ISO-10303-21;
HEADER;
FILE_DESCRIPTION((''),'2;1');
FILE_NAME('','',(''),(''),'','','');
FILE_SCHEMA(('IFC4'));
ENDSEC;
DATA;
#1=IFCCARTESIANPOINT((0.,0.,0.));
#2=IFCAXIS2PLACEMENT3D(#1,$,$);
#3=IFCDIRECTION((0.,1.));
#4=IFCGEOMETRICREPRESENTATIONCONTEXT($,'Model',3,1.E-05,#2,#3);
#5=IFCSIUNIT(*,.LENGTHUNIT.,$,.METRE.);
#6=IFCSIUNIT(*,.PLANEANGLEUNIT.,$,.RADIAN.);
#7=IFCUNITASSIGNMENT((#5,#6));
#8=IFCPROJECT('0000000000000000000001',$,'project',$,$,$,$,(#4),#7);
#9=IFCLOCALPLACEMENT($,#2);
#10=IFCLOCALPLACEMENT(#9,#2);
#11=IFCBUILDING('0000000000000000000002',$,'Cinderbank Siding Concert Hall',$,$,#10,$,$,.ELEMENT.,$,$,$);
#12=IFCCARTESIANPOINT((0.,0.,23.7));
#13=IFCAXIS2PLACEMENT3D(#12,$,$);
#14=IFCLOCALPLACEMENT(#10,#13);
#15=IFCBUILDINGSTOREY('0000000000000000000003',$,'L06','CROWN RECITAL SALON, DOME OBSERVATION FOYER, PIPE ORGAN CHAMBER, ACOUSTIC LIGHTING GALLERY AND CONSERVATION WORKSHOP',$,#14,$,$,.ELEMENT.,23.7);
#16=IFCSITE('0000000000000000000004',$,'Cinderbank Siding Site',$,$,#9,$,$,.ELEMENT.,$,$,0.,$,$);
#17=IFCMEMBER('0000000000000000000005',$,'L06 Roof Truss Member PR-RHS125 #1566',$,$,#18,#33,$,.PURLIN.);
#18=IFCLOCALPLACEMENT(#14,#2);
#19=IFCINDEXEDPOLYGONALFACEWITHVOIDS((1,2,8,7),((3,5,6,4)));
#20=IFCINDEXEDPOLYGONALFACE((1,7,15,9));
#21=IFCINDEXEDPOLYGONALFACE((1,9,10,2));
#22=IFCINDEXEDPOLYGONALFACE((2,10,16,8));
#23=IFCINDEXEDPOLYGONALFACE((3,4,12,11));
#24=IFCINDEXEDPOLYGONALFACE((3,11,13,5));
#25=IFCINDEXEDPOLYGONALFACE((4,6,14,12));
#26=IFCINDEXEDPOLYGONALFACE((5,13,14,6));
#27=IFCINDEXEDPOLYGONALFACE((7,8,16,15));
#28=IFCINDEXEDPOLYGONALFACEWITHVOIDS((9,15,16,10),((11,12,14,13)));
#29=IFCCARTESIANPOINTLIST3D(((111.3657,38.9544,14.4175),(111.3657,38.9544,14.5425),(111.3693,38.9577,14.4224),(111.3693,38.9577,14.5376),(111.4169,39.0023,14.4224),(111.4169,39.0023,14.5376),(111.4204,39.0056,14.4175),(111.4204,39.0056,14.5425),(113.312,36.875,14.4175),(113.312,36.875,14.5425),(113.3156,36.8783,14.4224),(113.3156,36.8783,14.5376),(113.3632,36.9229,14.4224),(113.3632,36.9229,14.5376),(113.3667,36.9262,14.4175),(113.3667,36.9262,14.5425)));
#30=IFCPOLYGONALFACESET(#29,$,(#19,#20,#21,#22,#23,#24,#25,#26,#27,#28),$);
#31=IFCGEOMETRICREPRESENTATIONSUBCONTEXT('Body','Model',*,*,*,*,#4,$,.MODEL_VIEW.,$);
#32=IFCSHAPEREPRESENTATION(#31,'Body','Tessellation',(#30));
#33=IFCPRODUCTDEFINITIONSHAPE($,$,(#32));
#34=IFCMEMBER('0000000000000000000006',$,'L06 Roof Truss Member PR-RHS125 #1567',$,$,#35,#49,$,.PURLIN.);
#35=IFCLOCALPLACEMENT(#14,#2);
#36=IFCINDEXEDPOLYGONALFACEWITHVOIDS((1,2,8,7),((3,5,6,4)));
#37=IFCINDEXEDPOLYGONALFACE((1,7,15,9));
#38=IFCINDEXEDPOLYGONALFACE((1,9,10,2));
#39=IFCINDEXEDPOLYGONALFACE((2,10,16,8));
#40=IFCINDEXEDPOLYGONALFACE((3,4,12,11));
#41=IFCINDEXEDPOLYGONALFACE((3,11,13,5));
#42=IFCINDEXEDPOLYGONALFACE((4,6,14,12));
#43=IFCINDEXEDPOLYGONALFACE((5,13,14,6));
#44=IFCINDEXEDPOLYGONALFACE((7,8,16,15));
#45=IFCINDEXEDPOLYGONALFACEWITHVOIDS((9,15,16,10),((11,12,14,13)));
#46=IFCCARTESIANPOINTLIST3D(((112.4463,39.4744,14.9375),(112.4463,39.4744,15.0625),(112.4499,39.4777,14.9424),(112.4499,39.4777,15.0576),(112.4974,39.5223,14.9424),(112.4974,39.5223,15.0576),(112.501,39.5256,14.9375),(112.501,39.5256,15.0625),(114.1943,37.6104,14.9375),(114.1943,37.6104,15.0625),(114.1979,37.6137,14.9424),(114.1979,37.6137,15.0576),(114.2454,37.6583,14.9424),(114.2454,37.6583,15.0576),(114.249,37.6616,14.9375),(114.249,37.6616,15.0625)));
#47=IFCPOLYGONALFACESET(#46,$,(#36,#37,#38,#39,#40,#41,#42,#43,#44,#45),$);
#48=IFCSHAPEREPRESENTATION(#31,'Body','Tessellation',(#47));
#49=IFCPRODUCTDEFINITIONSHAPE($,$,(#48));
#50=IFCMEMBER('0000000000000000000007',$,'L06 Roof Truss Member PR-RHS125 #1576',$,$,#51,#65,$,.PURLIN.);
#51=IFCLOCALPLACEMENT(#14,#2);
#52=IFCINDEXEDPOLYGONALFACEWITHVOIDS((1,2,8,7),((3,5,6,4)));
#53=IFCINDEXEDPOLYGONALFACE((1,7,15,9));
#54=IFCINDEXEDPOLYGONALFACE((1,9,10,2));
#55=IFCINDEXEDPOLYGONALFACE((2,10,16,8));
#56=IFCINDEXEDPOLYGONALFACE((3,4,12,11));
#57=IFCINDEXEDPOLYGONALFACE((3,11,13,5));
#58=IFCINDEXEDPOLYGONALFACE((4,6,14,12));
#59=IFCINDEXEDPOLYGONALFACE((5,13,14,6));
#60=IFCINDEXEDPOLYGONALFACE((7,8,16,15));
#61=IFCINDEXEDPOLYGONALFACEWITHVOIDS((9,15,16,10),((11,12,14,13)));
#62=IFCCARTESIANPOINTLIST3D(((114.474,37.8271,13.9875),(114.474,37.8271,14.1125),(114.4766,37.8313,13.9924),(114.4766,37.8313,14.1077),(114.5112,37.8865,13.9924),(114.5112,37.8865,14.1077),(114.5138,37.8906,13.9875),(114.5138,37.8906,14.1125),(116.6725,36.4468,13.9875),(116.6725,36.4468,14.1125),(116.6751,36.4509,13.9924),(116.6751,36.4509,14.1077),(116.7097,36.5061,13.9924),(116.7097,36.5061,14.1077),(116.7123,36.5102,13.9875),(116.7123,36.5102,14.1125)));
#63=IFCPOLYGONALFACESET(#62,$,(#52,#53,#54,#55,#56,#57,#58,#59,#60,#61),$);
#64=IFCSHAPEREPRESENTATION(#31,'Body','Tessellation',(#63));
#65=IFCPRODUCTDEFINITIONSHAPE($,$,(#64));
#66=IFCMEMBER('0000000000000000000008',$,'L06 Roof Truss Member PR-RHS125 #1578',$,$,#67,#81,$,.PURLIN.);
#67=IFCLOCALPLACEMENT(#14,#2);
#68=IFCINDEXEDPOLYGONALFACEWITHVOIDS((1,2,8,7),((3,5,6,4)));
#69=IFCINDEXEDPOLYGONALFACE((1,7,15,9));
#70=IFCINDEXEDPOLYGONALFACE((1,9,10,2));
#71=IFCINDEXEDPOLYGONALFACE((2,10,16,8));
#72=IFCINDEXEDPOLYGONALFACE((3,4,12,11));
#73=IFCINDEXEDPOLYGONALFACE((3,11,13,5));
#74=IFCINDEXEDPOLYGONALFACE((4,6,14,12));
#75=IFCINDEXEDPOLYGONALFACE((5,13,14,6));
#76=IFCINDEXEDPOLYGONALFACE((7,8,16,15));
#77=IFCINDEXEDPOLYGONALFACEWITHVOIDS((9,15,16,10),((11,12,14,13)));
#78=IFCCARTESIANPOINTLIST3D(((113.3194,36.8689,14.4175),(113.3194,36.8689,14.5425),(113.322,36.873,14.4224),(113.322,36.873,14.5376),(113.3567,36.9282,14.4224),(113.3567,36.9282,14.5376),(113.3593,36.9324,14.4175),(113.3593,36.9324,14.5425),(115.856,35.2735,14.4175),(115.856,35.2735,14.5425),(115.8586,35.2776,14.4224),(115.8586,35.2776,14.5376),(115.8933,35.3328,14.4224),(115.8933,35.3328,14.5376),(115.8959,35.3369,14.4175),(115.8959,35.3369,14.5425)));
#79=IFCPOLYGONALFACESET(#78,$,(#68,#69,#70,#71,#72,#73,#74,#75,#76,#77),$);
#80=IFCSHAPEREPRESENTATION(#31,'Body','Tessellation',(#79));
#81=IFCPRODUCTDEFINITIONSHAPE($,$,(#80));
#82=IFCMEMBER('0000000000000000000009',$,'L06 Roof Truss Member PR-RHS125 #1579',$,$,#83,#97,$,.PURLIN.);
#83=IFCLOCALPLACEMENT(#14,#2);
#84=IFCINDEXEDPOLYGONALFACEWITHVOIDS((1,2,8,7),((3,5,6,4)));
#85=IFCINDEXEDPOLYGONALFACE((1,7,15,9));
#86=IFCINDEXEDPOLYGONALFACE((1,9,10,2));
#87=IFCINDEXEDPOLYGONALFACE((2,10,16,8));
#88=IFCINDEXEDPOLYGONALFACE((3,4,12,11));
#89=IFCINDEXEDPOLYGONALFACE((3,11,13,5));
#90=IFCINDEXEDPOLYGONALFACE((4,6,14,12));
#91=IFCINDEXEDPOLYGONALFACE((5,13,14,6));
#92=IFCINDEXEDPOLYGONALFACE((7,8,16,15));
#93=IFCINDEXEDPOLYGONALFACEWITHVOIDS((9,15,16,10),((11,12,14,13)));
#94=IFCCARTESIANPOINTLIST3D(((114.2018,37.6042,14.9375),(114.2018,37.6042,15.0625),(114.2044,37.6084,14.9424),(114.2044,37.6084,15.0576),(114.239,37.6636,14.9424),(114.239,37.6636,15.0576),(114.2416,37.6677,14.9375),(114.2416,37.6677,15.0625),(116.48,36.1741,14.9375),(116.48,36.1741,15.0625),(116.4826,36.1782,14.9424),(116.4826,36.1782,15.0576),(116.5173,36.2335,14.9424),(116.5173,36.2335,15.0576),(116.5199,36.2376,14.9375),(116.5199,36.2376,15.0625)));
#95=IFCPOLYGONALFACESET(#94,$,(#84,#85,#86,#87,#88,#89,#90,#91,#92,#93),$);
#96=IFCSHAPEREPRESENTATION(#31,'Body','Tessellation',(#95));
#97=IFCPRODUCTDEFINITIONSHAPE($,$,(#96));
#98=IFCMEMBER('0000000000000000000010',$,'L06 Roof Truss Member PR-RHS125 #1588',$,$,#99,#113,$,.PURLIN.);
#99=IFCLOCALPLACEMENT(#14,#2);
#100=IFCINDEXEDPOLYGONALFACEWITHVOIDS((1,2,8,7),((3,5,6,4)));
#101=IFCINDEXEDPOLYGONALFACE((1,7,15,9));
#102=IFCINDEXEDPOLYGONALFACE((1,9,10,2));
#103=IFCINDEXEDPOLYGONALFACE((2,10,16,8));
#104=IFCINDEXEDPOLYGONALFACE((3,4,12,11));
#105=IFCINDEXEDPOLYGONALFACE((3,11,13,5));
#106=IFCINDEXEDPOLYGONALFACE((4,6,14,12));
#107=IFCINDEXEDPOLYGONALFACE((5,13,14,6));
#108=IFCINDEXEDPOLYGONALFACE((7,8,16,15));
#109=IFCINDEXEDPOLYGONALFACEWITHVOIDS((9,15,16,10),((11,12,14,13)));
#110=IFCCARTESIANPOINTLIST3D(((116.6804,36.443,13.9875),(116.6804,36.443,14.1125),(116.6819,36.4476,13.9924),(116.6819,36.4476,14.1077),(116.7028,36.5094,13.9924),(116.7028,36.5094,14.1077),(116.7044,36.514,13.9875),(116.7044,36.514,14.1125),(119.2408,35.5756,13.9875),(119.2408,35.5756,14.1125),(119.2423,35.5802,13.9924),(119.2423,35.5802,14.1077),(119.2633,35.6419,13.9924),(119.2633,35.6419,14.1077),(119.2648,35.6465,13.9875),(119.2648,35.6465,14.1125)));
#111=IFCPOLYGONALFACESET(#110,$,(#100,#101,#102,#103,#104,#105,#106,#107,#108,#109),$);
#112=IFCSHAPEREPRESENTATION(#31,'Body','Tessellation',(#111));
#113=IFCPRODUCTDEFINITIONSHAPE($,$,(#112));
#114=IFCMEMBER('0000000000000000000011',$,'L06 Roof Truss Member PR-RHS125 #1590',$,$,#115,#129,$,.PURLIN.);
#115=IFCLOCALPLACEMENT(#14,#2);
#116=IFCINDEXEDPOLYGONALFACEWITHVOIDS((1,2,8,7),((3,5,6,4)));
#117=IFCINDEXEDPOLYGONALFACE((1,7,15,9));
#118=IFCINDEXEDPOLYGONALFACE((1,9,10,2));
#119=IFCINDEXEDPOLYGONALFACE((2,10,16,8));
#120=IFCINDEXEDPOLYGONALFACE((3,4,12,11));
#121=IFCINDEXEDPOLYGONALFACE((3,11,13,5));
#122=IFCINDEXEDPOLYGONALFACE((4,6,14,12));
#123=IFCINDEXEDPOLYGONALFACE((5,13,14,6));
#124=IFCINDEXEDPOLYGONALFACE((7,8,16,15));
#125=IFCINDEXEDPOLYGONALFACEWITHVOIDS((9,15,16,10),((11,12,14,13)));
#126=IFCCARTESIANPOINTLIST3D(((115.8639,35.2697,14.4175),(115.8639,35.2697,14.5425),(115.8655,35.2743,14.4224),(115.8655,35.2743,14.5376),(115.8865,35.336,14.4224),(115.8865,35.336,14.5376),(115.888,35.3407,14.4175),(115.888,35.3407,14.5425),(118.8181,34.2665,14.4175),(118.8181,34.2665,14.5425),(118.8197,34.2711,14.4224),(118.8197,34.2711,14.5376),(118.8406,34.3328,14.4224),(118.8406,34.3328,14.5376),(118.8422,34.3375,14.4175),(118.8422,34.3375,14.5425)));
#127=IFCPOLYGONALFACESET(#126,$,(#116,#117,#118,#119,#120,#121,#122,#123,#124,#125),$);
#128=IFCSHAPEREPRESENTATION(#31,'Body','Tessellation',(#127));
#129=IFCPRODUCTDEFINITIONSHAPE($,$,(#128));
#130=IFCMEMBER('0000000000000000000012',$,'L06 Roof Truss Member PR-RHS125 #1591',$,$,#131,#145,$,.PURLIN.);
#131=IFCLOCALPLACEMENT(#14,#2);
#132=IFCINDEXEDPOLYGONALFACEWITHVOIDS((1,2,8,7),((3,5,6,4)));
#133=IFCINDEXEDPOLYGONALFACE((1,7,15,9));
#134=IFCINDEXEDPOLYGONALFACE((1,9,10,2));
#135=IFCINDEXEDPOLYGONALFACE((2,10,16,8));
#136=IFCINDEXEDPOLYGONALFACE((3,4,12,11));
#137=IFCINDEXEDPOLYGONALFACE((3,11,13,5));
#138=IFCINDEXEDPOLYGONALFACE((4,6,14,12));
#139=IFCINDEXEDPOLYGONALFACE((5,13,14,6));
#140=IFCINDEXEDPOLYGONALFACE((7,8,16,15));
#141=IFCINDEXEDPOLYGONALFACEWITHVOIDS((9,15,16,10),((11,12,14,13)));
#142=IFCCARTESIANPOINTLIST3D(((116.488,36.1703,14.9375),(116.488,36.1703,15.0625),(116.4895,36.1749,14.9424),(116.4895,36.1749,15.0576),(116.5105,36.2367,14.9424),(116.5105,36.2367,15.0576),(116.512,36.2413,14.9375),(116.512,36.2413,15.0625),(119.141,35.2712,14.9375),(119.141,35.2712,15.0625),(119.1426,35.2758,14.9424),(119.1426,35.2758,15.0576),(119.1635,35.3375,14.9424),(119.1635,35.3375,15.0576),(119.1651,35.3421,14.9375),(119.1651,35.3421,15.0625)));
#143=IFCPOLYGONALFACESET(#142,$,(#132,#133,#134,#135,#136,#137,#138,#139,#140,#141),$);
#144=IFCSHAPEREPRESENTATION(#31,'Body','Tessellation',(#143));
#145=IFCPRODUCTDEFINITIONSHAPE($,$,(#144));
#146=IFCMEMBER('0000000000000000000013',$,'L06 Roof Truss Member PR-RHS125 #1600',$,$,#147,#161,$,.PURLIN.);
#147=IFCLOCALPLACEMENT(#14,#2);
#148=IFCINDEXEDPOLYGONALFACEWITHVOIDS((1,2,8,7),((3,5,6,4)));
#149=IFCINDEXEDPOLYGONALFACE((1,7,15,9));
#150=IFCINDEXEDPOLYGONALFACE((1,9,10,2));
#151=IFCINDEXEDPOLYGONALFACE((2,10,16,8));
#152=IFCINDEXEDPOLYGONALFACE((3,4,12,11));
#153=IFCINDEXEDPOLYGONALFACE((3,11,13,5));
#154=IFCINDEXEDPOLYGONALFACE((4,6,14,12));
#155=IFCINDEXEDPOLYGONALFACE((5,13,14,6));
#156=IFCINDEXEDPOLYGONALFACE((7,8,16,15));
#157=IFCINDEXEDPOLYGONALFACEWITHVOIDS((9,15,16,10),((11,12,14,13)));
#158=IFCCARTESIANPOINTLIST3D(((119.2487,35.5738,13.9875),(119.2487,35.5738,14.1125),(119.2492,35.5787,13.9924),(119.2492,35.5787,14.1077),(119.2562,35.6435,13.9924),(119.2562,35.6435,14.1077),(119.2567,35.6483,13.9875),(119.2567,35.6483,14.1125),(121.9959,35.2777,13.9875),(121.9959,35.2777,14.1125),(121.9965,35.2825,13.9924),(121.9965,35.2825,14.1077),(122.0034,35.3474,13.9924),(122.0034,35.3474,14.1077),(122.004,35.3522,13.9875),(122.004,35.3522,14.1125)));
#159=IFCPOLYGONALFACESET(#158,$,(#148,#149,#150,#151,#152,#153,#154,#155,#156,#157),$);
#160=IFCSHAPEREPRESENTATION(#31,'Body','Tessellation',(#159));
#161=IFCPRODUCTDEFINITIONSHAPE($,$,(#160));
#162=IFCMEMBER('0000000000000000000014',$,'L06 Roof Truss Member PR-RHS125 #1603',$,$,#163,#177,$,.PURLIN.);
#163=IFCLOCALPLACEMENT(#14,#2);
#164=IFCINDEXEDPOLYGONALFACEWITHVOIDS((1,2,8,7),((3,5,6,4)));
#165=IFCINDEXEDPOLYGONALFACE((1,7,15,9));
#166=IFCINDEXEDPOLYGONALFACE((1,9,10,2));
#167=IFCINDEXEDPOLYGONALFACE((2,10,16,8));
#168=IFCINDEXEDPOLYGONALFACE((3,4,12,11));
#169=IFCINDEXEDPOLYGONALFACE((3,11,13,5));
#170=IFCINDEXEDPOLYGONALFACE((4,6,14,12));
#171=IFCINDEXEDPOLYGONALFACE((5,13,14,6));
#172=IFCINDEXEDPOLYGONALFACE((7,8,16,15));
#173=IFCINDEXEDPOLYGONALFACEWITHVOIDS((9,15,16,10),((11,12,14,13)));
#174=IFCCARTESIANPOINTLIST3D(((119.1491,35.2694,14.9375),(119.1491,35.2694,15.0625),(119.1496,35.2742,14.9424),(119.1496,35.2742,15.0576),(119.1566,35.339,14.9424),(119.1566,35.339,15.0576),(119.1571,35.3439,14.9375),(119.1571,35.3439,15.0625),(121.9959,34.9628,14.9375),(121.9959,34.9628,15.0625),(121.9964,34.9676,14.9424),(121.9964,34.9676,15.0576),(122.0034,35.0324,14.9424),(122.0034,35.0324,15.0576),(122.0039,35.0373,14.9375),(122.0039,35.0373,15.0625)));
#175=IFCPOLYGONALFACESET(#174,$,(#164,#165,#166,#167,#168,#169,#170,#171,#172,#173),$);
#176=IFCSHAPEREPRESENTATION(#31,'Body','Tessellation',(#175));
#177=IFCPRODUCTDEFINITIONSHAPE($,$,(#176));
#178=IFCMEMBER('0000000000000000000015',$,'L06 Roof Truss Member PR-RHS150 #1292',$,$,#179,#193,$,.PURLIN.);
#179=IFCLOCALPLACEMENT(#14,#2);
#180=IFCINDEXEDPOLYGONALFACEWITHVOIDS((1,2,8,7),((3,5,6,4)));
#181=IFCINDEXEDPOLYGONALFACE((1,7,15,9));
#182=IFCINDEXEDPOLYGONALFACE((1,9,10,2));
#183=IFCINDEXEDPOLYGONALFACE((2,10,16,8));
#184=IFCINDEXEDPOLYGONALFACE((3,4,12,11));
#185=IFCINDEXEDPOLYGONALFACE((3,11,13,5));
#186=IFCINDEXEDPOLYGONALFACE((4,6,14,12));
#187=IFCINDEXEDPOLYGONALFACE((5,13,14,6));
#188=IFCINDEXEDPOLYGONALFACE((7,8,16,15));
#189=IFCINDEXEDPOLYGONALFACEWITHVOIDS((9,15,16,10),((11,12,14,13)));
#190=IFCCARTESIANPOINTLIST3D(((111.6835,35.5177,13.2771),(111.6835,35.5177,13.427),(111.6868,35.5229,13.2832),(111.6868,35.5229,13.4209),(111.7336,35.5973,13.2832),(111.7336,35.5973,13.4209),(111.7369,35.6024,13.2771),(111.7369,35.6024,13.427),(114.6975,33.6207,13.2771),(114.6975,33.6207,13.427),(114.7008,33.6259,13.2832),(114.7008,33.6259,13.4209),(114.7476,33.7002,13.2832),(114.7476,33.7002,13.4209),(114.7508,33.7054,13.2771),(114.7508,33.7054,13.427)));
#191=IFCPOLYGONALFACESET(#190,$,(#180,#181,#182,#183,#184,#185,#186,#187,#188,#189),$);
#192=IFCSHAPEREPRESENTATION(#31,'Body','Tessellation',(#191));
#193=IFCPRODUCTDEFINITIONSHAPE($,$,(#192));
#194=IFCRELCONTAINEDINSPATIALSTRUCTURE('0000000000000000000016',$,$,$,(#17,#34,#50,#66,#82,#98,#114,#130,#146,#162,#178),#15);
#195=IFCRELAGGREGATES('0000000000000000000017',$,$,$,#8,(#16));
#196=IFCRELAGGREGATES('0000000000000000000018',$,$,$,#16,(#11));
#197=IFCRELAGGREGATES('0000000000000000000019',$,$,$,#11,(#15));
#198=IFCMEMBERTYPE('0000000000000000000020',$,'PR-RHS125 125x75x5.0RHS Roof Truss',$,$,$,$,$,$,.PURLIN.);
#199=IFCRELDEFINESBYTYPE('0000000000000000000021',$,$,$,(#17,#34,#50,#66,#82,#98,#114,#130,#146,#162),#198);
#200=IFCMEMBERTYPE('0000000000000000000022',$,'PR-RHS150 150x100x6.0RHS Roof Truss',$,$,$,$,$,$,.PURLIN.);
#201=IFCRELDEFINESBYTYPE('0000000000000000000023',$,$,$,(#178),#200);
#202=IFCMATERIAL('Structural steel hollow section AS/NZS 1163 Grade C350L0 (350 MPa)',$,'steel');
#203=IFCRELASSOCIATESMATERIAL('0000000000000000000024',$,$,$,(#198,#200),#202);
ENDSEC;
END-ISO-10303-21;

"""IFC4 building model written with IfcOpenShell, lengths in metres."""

from ifc_helpers import new_model, si_unit, direction, frame, origin, origin_2d, place, context, subcontext, project, spatial, hollow_rectangle, extrude, material, material_profile, profile_set, type_object, element, save


model = new_model("IFC4")

# Units and contexts
model_context = context("Model", 3, precision=1e-05, world=origin(), true_north=direction((0.0, 1.0)))
body_context = subcontext(model_context, "Body", "Model", "MODEL_VIEW")
ifc_project = project(units=[si_unit("LENGTHUNIT", "METRE"), si_unit("PLANEANGLEUNIT", "RADIAN")], contexts=[model_context])

# Site, building, storey
site_placement = place(None, origin())
site = spatial("IfcSite", under=ifc_project, at=site_placement, Name="Cinderbank Siding Site", CompositionType="ELEMENT", RefElevation=0.0)
building_placement = place(site_placement, origin())
building = spatial("IfcBuilding", under=site, at=building_placement, Name="Cinderbank Siding Concert Hall", CompositionType="ELEMENT")
storey_placement = place(building_placement, frame((0.0, 0.0, 23.7)))
storey = spatial("IfcBuildingStorey", under=building, at=storey_placement, Name="L06", Description="CROWN RECITAL SALON, DOME OBSERVATION FOYER, PIPE ORGAN CHAMBER, ACOUSTIC LIGHTING GALLERY AND CONSERVATION WORKSHOP", CompositionType="ELEMENT", Elevation=23.7)

# Members
ifc_material_1 = material(Name="Structural steel hollow section AS/NZS 1163 Grade C350L0 (350 MPa)", Category="steel")
ifc_material_profile_1 = material_profile(ifc_material_1, hollow_rectangle(XDim=0.075, YDim=0.125, WallThickness=0.0049, at=origin_2d()), Name="125x75x5.0RHS", Category="LoadBearing")
ifc_profile_set_1 = profile_set([ifc_material_profile_1], Name="Structural steel hollow section AS/NZS 1163 Grade C350L0 (350 MPa)")
member_type_1 = type_object("IfcMemberType", Name="PR-RHS125 125x75x5.0RHS Roof Truss", PredefinedType="PURLIN", material=ifc_profile_set_1)
member_1_placement = place(storey_placement, frame((111.3931, 38.98, 14.48), z_axis=(0.683362, -0.73008, 0.0), x_axis=(0.73008, 0.683362, 0.0)))
element("IfcMember", 1, at=member_1_placement, inside=storey, type_object=member_type_1, Name="L06 Roof Truss Member PR-RHS125 #1566", PredefinedType="PURLIN", context=body_context, shape_type="SweptSolid", body=[
    extrude(hollow_rectangle(XDim=0.075, YDim=0.125, WallThickness=0.0049, at=origin_2d()), origin(), (0.0, 0.0, 1.0), 2.8481),
])
member_2_placement = place(storey_placement, frame((112.4736, 39.5, 15.0), z_axis=(0.684052, -0.729433, 0.0), x_axis=(0.729433, 0.684052, 0.0)))
element("IfcMember", 2, at=member_2_placement, inside=storey, type_object=member_type_1, Name="L06 Roof Truss Member PR-RHS125 #1567", PredefinedType="PURLIN", context=body_context, shape_type="SweptSolid", body=[
    extrude(hollow_rectangle(XDim=0.075, YDim=0.125, WallThickness=0.0049, at=origin_2d()), origin(), (0.0, 0.0, 1.0), 2.5554),
])
member_3_placement = place(storey_placement, frame((114.4939, 37.8589, 14.05), z_axis=(0.846903, -0.531748, 0.0), x_axis=(0.531748, 0.846903, 0.0)))
element("IfcMember", 3, at=member_3_placement, inside=storey, type_object=member_type_1, Name="L06 Roof Truss Member PR-RHS125 #1576", PredefinedType="PURLIN", context=body_context, shape_type="SweptSolid", body=[
    extrude(hollow_rectangle(XDim=0.075, YDim=0.125, WallThickness=0.0049, at=origin_2d()), origin(), (0.0, 0.0, 1.0), 2.5959),
])
member_4_placement = place(storey_placement, frame((113.3394, 36.9006, 14.48), z_axis=(0.846484, -0.532413, 0.0), x_axis=(0.532413, 0.846484, 0.0)))
element("IfcMember", 4, at=member_4_placement, inside=storey, type_object=member_type_1, Name="L06 Roof Truss Member PR-RHS125 #1578", PredefinedType="PURLIN", context=body_context, shape_type="SweptSolid", body=[
    extrude(hollow_rectangle(XDim=0.075, YDim=0.125, WallThickness=0.0049, at=origin_2d()), origin(), (0.0, 0.0, 1.0), 2.9966),
])
member_5_placement = place(storey_placement, frame((114.2217, 37.636, 15.0), z_axis=(0.846957, -0.531662, 0.0), x_axis=(0.531662, 0.846957, 0.0)))
element("IfcMember", 5, at=member_5_placement, inside=storey, type_object=member_type_1, Name="L06 Roof Truss Member PR-RHS125 #1579", PredefinedType="PURLIN", context=body_context, shape_type="SweptSolid", body=[
    extrude(hollow_rectangle(XDim=0.075, YDim=0.125, WallThickness=0.0049, at=origin_2d()), origin(), (0.0, 0.0, 1.0), 2.6899),
])
member_6_placement = place(storey_placement, frame((116.6924, 36.4785, 14.05), z_axis=(0.947118, -0.320884, 0.0), x_axis=(0.320884, 0.947118, 0.0)))
element("IfcMember", 6, at=member_6_placement, inside=storey, type_object=member_type_1, Name="L06 Roof Truss Member PR-RHS125 #1588", PredefinedType="PURLIN", context=body_context, shape_type="SweptSolid", body=[
    extrude(hollow_rectangle(XDim=0.075, YDim=0.125, WallThickness=0.0049, at=origin_2d()), origin(), (0.0, 0.0, 1.0), 2.7034),
])
member_7_placement = place(storey_placement, frame((115.876, 35.3052, 14.48), z_axis=(0.946892, -0.321552, 0.0), x_axis=(0.321552, 0.946892, 0.0)))
element("IfcMember", 7, at=member_7_placement, inside=storey, type_object=member_type_1, Name="L06 Roof Truss Member PR-RHS125 #1590", PredefinedType="PURLIN", context=body_context, shape_type="SweptSolid", body=[
    extrude(hollow_rectangle(XDim=0.075, YDim=0.125, WallThickness=0.0049, at=origin_2d()), origin(), (0.0, 0.0, 1.0), 3.1199),
])
member_8_placement = place(storey_placement, frame((116.5, 36.2058, 15.0), z_axis=(0.947085, -0.320982, 0.0), x_axis=(0.320982, 0.947085, 0.0)))
element("IfcMember", 8, at=member_8_placement, inside=storey, type_object=member_type_1, Name="L06 Roof Truss Member PR-RHS125 #1591", PredefinedType="PURLIN", context=body_context, shape_type="SweptSolid", body=[
    extrude(hollow_rectangle(XDim=0.075, YDim=0.125, WallThickness=0.0049, at=origin_2d()), origin(), (0.0, 0.0, 1.0), 2.8013),
])
member_9_placement = place(storey_placement, frame((119.2527, 35.6111, 14.05), z_axis=(0.99424, -0.107173, 0.0), x_axis=(0.107173, 0.99424, 0.0)))
element("IfcMember", 9, at=member_9_placement, inside=storey, type_object=member_type_1, Name="L06 Roof Truss Member PR-RHS125 #1600", PredefinedType="PURLIN", context=body_context, shape_type="SweptSolid", body=[
    extrude(hollow_rectangle(XDim=0.075, YDim=0.125, WallThickness=0.0049, at=origin_2d()), origin(), (0.0, 0.0, 1.0), 2.7632),
])
member_10_placement = place(storey_placement, frame((119.1531, 35.3066, 15.0), z_axis=(0.994249, -0.10709, 0.0), x_axis=(0.10709, 0.994249, 0.0)))
element("IfcMember", 10, at=member_10_placement, inside=storey, type_object=member_type_1, Name="L06 Roof Truss Member PR-RHS125 #1603", PredefinedType="PURLIN", context=body_context, shape_type="SweptSolid", body=[
    extrude(hollow_rectangle(XDim=0.075, YDim=0.125, WallThickness=0.0049, at=origin_2d()), origin(), (0.0, 0.0, 1.0), 2.8633),
])
ifc_material_profile_2 = material_profile(ifc_material_1, hollow_rectangle(XDim=0.1001, YDim=0.1499, WallThickness=0.0061, at=origin_2d()), Name="150x100x6.0RHS", Category="LoadBearing")
ifc_profile_set_2 = profile_set([ifc_material_profile_2], Name="Structural steel hollow section AS/NZS 1163 Grade C350L0 (350 MPa)")
member_type_2 = type_object("IfcMemberType", Name="PR-RHS150 150x100x6.0RHS Roof Truss", PredefinedType="PURLIN", material=ifc_profile_set_2)
member_11_placement = place(storey_placement, frame((111.7102, 35.5601, 13.3521), z_axis=(0.846319, -0.532677, 0.0), x_axis=(0.532677, 0.846319, 0.0)))
element("IfcMember", 11, at=member_11_placement, inside=storey, type_object=member_type_2, Name="L06 Roof Truss Member PR-RHS150 #1292", PredefinedType="PURLIN", context=body_context, shape_type="SweptSolid", body=[
    extrude(hollow_rectangle(XDim=0.1001, YDim=0.1499, WallThickness=0.0061, at=origin_2d()), origin(), (0.0, 0.0, 1.0), 3.5613),
])

save(model, "model.ifc")
